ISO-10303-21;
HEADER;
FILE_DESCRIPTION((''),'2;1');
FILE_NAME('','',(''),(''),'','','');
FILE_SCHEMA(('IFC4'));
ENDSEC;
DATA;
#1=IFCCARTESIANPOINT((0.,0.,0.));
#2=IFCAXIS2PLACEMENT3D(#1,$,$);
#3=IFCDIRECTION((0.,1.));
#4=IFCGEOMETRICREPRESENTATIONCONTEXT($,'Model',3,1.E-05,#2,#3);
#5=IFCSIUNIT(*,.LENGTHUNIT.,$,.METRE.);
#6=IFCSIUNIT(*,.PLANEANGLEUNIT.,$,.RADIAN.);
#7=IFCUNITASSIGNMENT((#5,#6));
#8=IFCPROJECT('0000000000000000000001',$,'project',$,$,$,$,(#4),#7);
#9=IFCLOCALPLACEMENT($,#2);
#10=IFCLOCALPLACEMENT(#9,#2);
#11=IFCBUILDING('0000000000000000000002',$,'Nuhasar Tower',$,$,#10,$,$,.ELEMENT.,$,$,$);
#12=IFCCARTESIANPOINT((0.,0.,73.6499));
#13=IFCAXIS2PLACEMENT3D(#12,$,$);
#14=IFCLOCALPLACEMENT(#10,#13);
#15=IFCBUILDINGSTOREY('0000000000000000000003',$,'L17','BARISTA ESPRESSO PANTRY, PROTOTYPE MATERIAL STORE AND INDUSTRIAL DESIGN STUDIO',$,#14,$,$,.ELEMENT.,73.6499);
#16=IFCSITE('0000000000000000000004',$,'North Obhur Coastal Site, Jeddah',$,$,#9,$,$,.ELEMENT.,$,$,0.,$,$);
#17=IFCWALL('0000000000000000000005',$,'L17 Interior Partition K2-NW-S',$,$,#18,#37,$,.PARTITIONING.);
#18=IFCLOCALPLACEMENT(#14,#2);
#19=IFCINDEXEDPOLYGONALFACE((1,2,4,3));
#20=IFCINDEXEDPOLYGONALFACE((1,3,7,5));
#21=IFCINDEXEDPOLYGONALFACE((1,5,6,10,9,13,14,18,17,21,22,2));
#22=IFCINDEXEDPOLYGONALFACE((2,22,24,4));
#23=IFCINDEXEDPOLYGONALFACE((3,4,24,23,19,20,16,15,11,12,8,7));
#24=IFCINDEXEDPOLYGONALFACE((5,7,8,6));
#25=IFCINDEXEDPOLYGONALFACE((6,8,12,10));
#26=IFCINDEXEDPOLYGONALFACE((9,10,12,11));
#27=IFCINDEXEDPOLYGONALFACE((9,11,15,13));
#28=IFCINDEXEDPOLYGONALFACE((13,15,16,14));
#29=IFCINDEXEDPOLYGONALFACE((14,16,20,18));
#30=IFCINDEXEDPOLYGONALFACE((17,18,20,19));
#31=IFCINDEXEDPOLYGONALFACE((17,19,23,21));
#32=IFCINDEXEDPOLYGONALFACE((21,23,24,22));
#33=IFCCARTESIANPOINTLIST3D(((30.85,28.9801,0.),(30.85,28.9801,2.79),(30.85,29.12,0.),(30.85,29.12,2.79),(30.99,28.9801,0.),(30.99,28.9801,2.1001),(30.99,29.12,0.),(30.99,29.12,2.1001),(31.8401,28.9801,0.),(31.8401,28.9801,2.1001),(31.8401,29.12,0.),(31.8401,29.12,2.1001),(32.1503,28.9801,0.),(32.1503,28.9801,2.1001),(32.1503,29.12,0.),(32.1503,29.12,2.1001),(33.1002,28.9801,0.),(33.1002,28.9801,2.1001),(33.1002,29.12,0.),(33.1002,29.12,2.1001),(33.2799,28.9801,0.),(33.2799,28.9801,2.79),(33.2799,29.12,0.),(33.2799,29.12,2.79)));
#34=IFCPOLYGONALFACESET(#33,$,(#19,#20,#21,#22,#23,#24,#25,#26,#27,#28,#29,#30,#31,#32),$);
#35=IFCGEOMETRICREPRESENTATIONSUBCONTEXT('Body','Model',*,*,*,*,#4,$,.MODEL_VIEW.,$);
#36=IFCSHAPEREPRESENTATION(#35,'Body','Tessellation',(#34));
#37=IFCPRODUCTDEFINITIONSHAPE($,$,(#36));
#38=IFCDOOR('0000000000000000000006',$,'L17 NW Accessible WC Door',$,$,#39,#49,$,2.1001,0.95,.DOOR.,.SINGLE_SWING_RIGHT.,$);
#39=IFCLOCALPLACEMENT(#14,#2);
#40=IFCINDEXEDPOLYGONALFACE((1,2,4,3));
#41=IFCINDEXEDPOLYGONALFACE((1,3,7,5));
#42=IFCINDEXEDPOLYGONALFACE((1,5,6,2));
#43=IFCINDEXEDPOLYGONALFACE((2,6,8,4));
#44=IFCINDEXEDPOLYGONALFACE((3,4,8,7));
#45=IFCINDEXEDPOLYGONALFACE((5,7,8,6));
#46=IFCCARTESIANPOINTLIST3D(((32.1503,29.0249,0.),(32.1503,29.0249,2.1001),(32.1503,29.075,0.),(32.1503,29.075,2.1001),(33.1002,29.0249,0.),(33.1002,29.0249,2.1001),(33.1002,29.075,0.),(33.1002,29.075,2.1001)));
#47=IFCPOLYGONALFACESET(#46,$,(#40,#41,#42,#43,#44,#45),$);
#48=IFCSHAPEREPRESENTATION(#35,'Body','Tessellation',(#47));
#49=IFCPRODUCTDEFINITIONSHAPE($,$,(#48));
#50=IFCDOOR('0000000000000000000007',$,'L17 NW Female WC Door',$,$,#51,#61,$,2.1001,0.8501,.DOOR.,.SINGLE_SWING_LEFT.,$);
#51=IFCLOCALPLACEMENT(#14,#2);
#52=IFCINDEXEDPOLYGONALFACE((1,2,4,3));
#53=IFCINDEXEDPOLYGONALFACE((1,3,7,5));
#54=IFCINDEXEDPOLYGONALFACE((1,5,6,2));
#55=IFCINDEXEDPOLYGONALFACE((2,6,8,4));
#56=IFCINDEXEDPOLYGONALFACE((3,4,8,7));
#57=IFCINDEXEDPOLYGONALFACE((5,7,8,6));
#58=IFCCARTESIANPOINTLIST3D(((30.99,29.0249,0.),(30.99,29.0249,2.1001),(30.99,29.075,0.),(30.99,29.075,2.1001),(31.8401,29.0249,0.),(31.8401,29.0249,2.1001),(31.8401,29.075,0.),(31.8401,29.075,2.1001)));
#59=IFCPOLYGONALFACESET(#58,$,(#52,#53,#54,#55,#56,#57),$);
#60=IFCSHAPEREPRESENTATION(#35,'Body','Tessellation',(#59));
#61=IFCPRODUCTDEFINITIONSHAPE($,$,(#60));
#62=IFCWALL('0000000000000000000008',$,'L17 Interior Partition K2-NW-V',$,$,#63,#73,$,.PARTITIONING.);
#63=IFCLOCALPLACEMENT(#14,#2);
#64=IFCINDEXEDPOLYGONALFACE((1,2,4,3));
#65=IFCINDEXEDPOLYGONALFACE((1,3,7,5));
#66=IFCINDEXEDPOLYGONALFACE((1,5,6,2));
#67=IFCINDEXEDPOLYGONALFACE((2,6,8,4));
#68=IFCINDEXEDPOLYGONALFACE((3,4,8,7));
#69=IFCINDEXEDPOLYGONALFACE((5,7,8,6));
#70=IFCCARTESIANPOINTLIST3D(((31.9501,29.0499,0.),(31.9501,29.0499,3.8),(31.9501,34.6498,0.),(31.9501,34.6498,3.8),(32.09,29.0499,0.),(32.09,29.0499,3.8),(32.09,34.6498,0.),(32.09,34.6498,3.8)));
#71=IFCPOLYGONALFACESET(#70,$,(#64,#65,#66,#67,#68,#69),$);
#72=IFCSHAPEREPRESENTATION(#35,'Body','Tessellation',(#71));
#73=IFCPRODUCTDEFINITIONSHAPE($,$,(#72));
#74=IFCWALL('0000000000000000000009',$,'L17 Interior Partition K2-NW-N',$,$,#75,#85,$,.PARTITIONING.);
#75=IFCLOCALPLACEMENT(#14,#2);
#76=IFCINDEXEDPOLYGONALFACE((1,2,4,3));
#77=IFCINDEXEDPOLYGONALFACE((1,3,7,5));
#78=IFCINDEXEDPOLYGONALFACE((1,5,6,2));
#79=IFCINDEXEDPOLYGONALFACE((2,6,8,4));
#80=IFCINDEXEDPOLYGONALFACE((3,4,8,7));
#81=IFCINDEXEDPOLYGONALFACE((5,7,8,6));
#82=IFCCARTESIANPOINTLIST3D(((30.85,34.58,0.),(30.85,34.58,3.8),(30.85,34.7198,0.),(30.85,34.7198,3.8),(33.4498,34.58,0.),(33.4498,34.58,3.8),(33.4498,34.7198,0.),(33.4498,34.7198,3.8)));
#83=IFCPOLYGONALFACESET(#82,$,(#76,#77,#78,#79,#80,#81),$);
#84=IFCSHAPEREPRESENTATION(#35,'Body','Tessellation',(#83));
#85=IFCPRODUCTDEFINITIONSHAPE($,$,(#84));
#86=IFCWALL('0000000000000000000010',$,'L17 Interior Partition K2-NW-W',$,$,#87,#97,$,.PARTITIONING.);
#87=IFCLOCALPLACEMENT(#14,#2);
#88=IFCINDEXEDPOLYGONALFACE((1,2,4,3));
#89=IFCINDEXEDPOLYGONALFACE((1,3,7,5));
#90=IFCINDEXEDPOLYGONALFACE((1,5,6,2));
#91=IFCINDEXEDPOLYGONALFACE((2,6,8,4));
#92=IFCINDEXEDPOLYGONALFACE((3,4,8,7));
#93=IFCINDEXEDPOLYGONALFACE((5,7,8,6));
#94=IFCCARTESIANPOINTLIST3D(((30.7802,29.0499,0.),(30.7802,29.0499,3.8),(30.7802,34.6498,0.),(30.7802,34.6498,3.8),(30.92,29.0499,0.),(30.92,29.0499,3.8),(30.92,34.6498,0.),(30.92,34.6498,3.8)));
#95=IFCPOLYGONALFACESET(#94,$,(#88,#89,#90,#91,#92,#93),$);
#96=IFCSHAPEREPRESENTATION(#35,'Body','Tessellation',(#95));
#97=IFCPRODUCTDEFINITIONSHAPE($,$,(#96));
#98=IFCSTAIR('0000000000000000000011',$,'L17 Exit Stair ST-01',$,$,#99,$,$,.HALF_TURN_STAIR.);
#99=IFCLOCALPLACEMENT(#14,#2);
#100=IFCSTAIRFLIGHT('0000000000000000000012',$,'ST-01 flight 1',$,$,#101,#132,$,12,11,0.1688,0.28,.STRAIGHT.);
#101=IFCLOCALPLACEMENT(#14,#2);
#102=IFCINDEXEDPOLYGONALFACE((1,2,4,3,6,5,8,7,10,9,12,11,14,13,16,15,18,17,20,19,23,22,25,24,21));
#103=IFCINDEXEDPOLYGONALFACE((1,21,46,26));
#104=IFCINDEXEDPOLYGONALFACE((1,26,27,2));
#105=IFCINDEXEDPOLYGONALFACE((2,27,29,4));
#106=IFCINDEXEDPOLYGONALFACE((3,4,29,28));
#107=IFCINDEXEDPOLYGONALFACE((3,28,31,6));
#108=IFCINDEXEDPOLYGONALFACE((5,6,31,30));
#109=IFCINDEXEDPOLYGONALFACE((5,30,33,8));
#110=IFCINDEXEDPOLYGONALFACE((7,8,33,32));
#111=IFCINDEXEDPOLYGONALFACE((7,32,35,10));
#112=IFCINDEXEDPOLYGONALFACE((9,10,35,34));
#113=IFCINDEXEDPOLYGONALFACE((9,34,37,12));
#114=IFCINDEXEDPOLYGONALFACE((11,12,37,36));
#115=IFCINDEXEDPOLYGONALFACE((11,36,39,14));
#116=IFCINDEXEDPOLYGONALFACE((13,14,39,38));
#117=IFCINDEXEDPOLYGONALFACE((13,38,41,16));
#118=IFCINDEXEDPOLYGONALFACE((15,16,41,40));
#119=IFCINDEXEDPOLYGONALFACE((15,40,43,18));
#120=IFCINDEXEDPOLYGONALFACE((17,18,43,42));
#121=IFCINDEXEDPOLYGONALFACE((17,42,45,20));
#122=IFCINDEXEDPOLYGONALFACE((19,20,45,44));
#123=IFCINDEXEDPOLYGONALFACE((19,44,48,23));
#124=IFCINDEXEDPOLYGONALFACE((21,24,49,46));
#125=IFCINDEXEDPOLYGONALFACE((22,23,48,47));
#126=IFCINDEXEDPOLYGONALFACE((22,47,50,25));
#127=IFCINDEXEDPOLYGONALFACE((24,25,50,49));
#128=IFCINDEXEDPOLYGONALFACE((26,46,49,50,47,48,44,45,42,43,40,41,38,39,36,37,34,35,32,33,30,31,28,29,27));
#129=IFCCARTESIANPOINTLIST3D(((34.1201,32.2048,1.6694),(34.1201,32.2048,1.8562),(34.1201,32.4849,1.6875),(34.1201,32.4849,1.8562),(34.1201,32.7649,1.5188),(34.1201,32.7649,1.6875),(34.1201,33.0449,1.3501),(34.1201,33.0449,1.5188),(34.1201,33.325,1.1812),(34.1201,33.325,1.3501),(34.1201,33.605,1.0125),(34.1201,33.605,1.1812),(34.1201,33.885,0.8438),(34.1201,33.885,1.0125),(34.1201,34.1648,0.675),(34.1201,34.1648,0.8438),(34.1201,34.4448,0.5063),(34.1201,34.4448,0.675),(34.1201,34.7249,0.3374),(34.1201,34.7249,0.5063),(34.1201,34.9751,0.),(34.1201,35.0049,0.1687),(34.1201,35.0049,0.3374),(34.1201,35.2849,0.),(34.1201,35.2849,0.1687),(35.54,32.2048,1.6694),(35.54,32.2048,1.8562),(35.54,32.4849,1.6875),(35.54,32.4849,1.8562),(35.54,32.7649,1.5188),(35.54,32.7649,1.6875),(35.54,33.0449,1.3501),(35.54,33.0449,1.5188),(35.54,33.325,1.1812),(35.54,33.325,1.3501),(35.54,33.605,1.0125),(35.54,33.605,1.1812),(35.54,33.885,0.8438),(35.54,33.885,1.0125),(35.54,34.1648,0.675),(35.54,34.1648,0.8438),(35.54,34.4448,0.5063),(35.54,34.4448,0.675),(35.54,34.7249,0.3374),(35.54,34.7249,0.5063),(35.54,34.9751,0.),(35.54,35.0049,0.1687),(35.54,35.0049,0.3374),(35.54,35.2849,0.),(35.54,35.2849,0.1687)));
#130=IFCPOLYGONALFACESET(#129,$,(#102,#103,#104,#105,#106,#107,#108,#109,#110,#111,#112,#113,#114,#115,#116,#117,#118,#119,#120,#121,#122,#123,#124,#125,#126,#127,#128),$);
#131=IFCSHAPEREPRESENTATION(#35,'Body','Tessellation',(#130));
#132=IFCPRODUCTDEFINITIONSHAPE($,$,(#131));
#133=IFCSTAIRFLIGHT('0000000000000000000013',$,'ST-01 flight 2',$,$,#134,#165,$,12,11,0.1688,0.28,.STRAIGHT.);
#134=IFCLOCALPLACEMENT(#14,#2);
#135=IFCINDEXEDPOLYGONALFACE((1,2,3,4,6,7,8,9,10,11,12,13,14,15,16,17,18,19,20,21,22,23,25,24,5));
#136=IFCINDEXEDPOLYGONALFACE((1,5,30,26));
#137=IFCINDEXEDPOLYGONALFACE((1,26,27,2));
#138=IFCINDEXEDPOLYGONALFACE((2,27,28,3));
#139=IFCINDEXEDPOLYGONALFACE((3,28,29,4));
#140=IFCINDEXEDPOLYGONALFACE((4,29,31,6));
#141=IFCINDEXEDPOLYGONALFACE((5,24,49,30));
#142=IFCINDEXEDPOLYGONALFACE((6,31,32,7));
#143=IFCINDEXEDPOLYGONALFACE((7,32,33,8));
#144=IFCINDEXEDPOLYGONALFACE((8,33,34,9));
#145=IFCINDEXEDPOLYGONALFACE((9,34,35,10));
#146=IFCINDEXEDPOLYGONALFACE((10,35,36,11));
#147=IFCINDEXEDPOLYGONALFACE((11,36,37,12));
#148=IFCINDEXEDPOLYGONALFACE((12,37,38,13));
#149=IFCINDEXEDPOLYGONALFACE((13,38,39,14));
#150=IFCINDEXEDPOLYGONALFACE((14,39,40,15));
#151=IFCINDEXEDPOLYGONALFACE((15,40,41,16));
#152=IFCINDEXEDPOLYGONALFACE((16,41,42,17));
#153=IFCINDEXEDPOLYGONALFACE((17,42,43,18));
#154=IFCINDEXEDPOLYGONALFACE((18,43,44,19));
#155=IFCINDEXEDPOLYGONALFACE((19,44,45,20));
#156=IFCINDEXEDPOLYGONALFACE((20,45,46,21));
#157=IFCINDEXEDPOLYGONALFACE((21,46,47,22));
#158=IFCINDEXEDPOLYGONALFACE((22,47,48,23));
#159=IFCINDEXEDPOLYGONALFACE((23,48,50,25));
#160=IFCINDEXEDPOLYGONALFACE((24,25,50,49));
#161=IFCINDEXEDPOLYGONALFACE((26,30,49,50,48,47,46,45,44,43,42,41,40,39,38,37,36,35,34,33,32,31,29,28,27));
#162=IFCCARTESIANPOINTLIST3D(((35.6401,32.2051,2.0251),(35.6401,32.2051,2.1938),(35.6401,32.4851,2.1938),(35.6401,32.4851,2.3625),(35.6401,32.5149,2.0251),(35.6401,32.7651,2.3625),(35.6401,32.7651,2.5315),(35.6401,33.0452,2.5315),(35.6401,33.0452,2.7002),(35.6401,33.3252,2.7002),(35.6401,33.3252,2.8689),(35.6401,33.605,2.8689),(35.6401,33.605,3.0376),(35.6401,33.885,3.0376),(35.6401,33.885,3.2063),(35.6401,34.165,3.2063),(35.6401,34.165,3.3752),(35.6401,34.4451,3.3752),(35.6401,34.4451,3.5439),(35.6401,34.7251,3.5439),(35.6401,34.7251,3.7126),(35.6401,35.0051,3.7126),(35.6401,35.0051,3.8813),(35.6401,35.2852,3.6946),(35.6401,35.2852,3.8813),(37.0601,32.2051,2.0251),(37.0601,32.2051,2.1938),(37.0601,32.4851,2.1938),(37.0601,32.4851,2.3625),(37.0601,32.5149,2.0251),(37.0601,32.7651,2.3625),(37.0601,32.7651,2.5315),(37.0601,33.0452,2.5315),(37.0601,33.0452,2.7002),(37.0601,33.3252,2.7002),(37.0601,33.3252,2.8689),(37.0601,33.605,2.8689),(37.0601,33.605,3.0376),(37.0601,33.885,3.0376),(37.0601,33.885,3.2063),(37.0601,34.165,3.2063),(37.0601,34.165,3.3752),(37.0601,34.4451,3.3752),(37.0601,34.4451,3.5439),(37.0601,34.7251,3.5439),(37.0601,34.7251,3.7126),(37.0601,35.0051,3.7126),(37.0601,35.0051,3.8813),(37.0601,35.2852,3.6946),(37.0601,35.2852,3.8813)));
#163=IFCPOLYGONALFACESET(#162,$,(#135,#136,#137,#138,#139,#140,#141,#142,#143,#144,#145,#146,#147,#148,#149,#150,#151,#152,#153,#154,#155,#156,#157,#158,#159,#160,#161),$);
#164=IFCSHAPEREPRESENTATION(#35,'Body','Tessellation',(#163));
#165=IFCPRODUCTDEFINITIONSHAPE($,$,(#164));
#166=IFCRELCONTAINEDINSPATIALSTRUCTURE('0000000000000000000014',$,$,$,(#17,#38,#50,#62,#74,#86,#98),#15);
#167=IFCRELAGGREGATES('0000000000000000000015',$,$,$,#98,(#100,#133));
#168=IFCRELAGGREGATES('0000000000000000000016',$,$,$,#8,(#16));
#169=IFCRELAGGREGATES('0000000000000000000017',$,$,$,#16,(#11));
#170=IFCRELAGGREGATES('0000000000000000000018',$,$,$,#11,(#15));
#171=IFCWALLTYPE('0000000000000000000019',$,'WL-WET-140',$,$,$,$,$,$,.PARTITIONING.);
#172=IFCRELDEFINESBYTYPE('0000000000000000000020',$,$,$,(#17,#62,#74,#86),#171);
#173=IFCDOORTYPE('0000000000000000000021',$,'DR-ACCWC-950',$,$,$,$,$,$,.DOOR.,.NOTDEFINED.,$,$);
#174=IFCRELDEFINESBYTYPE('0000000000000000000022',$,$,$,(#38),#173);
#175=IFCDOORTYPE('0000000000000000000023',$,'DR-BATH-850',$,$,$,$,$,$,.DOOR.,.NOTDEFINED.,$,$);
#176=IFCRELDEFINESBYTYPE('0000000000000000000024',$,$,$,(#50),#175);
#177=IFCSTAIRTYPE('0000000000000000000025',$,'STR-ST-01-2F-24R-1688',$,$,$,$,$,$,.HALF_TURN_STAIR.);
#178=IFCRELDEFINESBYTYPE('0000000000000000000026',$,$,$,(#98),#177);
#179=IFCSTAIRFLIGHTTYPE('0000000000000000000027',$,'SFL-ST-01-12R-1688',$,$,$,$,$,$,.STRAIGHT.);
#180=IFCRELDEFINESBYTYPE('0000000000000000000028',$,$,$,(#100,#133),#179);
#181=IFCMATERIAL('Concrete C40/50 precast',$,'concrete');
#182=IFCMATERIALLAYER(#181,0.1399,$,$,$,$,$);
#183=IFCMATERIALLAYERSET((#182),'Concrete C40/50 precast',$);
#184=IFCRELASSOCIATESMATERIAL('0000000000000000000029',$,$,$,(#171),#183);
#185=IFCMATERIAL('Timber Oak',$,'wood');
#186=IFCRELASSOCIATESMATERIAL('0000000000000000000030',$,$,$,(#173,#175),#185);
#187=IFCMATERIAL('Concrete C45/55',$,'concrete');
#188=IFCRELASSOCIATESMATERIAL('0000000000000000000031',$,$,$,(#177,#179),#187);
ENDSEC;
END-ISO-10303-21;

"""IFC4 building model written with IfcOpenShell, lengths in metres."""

from ifc_helpers import new_model, si_unit, direction, frame, frame_2d, origin, place, context, subcontext, project, spatial, polyline, rectangle, outline, extrude, material, layer, layer_set, type_object, element, fill, aggregate, save


model = new_model("IFC4")

# Units and contexts
model_context = context("Model", 3, precision=1e-05, world=origin(), true_north=direction((0.0, 1.0)))
body_context = subcontext(model_context, "Body", "Model", "MODEL_VIEW")
ifc_project = project(units=[si_unit("LENGTHUNIT", "METRE"), si_unit("PLANEANGLEUNIT", "RADIAN")], contexts=[model_context])

# Site, building, storey
site_placement = place(None, origin())
site = spatial("IfcSite", under=ifc_project, at=site_placement, Name="North Obhur Coastal Site, Jeddah", CompositionType="ELEMENT", RefElevation=0.0)
building_placement = place(site_placement, origin())
building = spatial("IfcBuilding", under=site, at=building_placement, Name="Nuhasar Tower", CompositionType="ELEMENT")
storey_placement = place(building_placement, frame((0.0, 0.0, 73.6499)))
storey = spatial("IfcBuildingStorey", under=building, at=storey_placement, Name="L17", Description="BARISTA ESPRESSO PANTRY, PROTOTYPE MATERIAL STORE AND INDUSTRIAL DESIGN STUDIO", CompositionType="ELEMENT", Elevation=73.6499)

# Shared definitions
ifc_material_1 = material(Name="Concrete C40/50 precast", Category="concrete")
ifc_layer_1 = layer(ifc_material_1, 0.1399)
ifc_layer_set_1 = layer_set([ifc_layer_1], Name="Concrete C40/50 precast")
wall_type_1 = type_object("IfcWallType", Name="WL-WET-140", PredefinedType="PARTITIONING", material=ifc_layer_set_1)

# Wall, openings, doors
wall_1_placement = place(storey_placement, frame((30.8501, 29.05, 0.0), z_axis=(0.0, 0.0, 1.0), x_axis=(1.0, 0.0, 0.0)))
wall_1 = element("IfcWall", 1, at=wall_1_placement, inside=storey, type_object=wall_type_1, Name="L17 Interior Partition K2-NW-S", PredefinedType="PARTITIONING", context=body_context, shape_type="SweptSolid", body=[
    extrude(rectangle(XDim=2.4299, YDim=0.1399, at=frame_2d((1.2148, 0.0))), origin(), (0.0, 0.0, 1.0), 2.79),
])
opening_1_placement = place(wall_1_placement, frame((0.1399, 0.0, 0.0)))
opening_1 = element("IfcOpeningElement", 2, at=opening_1_placement, cuts=wall_1, PredefinedType="OPENING", context=body_context, shape_type="SweptSolid", body=[
    extrude(rectangle(XDim=0.8501, YDim=2.1001, at=frame_2d((0.425, 1.05))), frame((0.0, 0.0801, 0.0), z_axis=(0.0, -1.0, 0.0), x_axis=(1.0, 0.0, 0.0)), (0.0, 0.0, 1.0), 0.1599),
])
opening_2_placement = place(wall_1_placement, frame((1.3, 0.0, 0.0)))
opening_2 = element("IfcOpeningElement", 3, at=opening_2_placement, cuts=wall_1, PredefinedType="OPENING", context=body_context, shape_type="SweptSolid", body=[
    extrude(rectangle(XDim=0.95, YDim=2.1001, at=frame_2d((0.4751, 1.05))), frame((0.0, 0.0801, 0.0), z_axis=(0.0, -1.0, 0.0), x_axis=(1.0, 0.0, 0.0)), (0.0, 0.0, 1.0), 0.1599),
])
ifc_material_2 = material(Name="Timber Oak", Category="wood")
door_type_1 = type_object("IfcDoorType", Name="DR-ACCWC-950", OperationType="NOTDEFINED", PredefinedType="DOOR", material=ifc_material_2)
door_1_placement = place(opening_2_placement, origin())
door_1 = element("IfcDoor", 4, at=door_1_placement, inside=storey, type_object=door_type_1, Name="L17 NW Accessible WC Door", OperationType="SINGLE_SWING_RIGHT", OverallHeight=2.1001, OverallWidth=0.95, PredefinedType="DOOR", context=body_context, shape_type="SweptSolid", body=[
    extrude(rectangle(XDim=0.95, YDim=2.1001, at=frame_2d((0.4751, 1.05))), frame((0.0, 0.0249, 0.0), z_axis=(0.0, -1.0, 0.0), x_axis=(1.0, 0.0, 0.0)), (0.0, 0.0, 1.0), 0.05),
])
fill(opening_2, door_1)
door_type_2 = type_object("IfcDoorType", Name="DR-BATH-850", OperationType="NOTDEFINED", PredefinedType="DOOR", material=ifc_material_2)
door_2_placement = place(opening_1_placement, origin())
door_2 = element("IfcDoor", 5, at=door_2_placement, inside=storey, type_object=door_type_2, Name="L17 NW Female WC Door", OperationType="SINGLE_SWING_LEFT", OverallHeight=2.1001, OverallWidth=0.8501, PredefinedType="DOOR", context=body_context, shape_type="SweptSolid", body=[
    extrude(rectangle(XDim=0.8501, YDim=2.1001, at=frame_2d((0.425, 1.05))), frame((0.0, 0.0249, 0.0), z_axis=(0.0, -1.0, 0.0), x_axis=(1.0, 0.0, 0.0)), (0.0, 0.0, 1.0), 0.05),
])
fill(opening_1, door_2)

# Walls
wall_2_placement = place(storey_placement, frame((32.02, 29.05, 0.0), z_axis=(0.0, 0.0, 1.0), x_axis=(0.0, 1.0, 0.0)))
element("IfcWall", 6, at=wall_2_placement, inside=storey, type_object=wall_type_1, Name="L17 Interior Partition K2-NW-V", PredefinedType="PARTITIONING", context=body_context, shape_type="SweptSolid", body=[
    extrude(rectangle(XDim=5.5999, YDim=0.1399, at=frame_2d((2.7998, 0.0))), origin(), (0.0, 0.0, 1.0), 3.8),
])
wall_3_placement = place(storey_placement, frame((30.8501, 34.6499, 0.0), z_axis=(0.0, 0.0, 1.0), x_axis=(1.0, 0.0, 0.0)))
element("IfcWall", 7, at=wall_3_placement, inside=storey, type_object=wall_type_1, Name="L17 Interior Partition K2-NW-N", PredefinedType="PARTITIONING", context=body_context, shape_type="SweptSolid", body=[
    extrude(rectangle(XDim=2.5999, YDim=0.1399, at=frame_2d((1.2998, 0.0))), origin(), (0.0, 0.0, 1.0), 3.8),
])
wall_4_placement = place(storey_placement, frame((30.8501, 29.05, 0.0), z_axis=(0.0, 0.0, 1.0), x_axis=(0.0, 1.0, 0.0)))
element("IfcWall", 8, at=wall_4_placement, inside=storey, type_object=wall_type_1, Name="L17 Interior Partition K2-NW-W", PredefinedType="PARTITIONING", context=body_context, shape_type="SweptSolid", body=[
    extrude(rectangle(XDim=5.5999, YDim=0.1399, at=frame_2d((2.7998, 0.0))), origin(), (0.0, 0.0, 1.0), 3.8),
])

# Stair, stair flights
ifc_material_3 = material(Name="Concrete C45/55", Category="concrete")
stair_type_1 = type_object("IfcStairType", Name="STR-ST-01-2F-24R-1688", PredefinedType="HALF_TURN_STAIR", material=ifc_material_3)
stair_1_placement = place(storey_placement, origin())
stair_1 = element("IfcStair", 9, at=stair_1_placement, inside=storey, type_object=stair_type_1, Name="L17 Exit Stair ST-01", PredefinedType="HALF_TURN_STAIR")
stair_flight_type_1 = type_object("IfcStairFlightType", Name="SFL-ST-01-12R-1688", PredefinedType="STRAIGHT", material=ifc_material_3)
stair_flight_1_placement = place(storey_placement, frame((34.8301, 35.2849, 0.0), z_axis=(0.0, 0.0, 1.0), x_axis=(0.0, -1.0, 0.0)))
stair_flight_1 = element("IfcStairFlight", 10, at=stair_flight_1_placement, type_object=stair_flight_type_1, Name="ST-01 flight 1", NumberOfRisers=12, NumberOfTreads=11, PredefinedType="STRAIGHT", RiserHeight=0.1688, TreadLength=0.28, context=body_context, shape_type="SweptSolid", body=[
    extrude(outline(polyline([(0.0, 0.0), (0.0, 0.1687), (0.28, 0.1687), (0.28, 0.3374), (0.5601, 0.3374), (0.5601, 0.5063), (0.8401, 0.5063), (0.8401, 0.675), (1.1201, 0.675), (1.1201, 0.8438), (1.3999, 0.8438), (1.3999, 1.0125), (1.6799, 1.0125), (1.6799, 1.1812), (1.96, 1.1812), (1.96, 1.3501), (2.24, 1.3501), (2.24, 1.5188), (2.52, 1.5188), (2.52, 1.6875), (2.8, 1.6875), (2.8, 1.8562), (3.0801, 1.8562), (3.0801, 2.0249), (3.0801, 1.6694), (0.3098, 0.0), (0.0, 0.0)])), frame((0.0, 0.71, 0.0), z_axis=(0.0, -1.0, 0.0), x_axis=(1.0, 0.0, 0.0)), (0.0, 0.0, 1.0), 1.4199),
])
stair_flight_2_placement = place(storey_placement, frame((36.3501, 32.2051, 2.0251), z_axis=(0.0, 0.0, 1.0), x_axis=(0.0, 1.0, 0.0)))
stair_flight_2 = element("IfcStairFlight", 11, at=stair_flight_2_placement, type_object=stair_flight_type_1, Name="ST-01 flight 2", NumberOfRisers=12, NumberOfTreads=11, PredefinedType="STRAIGHT", RiserHeight=0.1688, TreadLength=0.28, context=body_context, shape_type="SweptSolid", body=[
    extrude(outline(polyline([(0.0, 0.0), (0.0, 0.1687), (0.28, 0.1687), (0.28, 0.3374), (0.5601, 0.3374), (0.5601, 0.5063), (0.8401, 0.5063), (0.8401, 0.675), (1.1201, 0.675), (1.1201, 0.8438), (1.3999, 0.8438), (1.3999, 1.0125), (1.6799, 1.0125), (1.6799, 1.1812), (1.96, 1.1812), (1.96, 1.3501), (2.24, 1.3501), (2.24, 1.5188), (2.52, 1.5188), (2.52, 1.6875), (2.8, 1.6875), (2.8, 1.8562), (3.0801, 1.8562), (3.0801, 2.0249), (3.0801, 1.6694), (0.3098, 0.0), (0.0, 0.0)])), frame((0.0, 0.71, 0.0), z_axis=(0.0, -1.0, 0.0), x_axis=(1.0, 0.0, 0.0)), (0.0, 0.0, 1.0), 1.4199),
])
aggregate(stair_1, [stair_flight_1, stair_flight_2])

save(model, "model.ifc")
